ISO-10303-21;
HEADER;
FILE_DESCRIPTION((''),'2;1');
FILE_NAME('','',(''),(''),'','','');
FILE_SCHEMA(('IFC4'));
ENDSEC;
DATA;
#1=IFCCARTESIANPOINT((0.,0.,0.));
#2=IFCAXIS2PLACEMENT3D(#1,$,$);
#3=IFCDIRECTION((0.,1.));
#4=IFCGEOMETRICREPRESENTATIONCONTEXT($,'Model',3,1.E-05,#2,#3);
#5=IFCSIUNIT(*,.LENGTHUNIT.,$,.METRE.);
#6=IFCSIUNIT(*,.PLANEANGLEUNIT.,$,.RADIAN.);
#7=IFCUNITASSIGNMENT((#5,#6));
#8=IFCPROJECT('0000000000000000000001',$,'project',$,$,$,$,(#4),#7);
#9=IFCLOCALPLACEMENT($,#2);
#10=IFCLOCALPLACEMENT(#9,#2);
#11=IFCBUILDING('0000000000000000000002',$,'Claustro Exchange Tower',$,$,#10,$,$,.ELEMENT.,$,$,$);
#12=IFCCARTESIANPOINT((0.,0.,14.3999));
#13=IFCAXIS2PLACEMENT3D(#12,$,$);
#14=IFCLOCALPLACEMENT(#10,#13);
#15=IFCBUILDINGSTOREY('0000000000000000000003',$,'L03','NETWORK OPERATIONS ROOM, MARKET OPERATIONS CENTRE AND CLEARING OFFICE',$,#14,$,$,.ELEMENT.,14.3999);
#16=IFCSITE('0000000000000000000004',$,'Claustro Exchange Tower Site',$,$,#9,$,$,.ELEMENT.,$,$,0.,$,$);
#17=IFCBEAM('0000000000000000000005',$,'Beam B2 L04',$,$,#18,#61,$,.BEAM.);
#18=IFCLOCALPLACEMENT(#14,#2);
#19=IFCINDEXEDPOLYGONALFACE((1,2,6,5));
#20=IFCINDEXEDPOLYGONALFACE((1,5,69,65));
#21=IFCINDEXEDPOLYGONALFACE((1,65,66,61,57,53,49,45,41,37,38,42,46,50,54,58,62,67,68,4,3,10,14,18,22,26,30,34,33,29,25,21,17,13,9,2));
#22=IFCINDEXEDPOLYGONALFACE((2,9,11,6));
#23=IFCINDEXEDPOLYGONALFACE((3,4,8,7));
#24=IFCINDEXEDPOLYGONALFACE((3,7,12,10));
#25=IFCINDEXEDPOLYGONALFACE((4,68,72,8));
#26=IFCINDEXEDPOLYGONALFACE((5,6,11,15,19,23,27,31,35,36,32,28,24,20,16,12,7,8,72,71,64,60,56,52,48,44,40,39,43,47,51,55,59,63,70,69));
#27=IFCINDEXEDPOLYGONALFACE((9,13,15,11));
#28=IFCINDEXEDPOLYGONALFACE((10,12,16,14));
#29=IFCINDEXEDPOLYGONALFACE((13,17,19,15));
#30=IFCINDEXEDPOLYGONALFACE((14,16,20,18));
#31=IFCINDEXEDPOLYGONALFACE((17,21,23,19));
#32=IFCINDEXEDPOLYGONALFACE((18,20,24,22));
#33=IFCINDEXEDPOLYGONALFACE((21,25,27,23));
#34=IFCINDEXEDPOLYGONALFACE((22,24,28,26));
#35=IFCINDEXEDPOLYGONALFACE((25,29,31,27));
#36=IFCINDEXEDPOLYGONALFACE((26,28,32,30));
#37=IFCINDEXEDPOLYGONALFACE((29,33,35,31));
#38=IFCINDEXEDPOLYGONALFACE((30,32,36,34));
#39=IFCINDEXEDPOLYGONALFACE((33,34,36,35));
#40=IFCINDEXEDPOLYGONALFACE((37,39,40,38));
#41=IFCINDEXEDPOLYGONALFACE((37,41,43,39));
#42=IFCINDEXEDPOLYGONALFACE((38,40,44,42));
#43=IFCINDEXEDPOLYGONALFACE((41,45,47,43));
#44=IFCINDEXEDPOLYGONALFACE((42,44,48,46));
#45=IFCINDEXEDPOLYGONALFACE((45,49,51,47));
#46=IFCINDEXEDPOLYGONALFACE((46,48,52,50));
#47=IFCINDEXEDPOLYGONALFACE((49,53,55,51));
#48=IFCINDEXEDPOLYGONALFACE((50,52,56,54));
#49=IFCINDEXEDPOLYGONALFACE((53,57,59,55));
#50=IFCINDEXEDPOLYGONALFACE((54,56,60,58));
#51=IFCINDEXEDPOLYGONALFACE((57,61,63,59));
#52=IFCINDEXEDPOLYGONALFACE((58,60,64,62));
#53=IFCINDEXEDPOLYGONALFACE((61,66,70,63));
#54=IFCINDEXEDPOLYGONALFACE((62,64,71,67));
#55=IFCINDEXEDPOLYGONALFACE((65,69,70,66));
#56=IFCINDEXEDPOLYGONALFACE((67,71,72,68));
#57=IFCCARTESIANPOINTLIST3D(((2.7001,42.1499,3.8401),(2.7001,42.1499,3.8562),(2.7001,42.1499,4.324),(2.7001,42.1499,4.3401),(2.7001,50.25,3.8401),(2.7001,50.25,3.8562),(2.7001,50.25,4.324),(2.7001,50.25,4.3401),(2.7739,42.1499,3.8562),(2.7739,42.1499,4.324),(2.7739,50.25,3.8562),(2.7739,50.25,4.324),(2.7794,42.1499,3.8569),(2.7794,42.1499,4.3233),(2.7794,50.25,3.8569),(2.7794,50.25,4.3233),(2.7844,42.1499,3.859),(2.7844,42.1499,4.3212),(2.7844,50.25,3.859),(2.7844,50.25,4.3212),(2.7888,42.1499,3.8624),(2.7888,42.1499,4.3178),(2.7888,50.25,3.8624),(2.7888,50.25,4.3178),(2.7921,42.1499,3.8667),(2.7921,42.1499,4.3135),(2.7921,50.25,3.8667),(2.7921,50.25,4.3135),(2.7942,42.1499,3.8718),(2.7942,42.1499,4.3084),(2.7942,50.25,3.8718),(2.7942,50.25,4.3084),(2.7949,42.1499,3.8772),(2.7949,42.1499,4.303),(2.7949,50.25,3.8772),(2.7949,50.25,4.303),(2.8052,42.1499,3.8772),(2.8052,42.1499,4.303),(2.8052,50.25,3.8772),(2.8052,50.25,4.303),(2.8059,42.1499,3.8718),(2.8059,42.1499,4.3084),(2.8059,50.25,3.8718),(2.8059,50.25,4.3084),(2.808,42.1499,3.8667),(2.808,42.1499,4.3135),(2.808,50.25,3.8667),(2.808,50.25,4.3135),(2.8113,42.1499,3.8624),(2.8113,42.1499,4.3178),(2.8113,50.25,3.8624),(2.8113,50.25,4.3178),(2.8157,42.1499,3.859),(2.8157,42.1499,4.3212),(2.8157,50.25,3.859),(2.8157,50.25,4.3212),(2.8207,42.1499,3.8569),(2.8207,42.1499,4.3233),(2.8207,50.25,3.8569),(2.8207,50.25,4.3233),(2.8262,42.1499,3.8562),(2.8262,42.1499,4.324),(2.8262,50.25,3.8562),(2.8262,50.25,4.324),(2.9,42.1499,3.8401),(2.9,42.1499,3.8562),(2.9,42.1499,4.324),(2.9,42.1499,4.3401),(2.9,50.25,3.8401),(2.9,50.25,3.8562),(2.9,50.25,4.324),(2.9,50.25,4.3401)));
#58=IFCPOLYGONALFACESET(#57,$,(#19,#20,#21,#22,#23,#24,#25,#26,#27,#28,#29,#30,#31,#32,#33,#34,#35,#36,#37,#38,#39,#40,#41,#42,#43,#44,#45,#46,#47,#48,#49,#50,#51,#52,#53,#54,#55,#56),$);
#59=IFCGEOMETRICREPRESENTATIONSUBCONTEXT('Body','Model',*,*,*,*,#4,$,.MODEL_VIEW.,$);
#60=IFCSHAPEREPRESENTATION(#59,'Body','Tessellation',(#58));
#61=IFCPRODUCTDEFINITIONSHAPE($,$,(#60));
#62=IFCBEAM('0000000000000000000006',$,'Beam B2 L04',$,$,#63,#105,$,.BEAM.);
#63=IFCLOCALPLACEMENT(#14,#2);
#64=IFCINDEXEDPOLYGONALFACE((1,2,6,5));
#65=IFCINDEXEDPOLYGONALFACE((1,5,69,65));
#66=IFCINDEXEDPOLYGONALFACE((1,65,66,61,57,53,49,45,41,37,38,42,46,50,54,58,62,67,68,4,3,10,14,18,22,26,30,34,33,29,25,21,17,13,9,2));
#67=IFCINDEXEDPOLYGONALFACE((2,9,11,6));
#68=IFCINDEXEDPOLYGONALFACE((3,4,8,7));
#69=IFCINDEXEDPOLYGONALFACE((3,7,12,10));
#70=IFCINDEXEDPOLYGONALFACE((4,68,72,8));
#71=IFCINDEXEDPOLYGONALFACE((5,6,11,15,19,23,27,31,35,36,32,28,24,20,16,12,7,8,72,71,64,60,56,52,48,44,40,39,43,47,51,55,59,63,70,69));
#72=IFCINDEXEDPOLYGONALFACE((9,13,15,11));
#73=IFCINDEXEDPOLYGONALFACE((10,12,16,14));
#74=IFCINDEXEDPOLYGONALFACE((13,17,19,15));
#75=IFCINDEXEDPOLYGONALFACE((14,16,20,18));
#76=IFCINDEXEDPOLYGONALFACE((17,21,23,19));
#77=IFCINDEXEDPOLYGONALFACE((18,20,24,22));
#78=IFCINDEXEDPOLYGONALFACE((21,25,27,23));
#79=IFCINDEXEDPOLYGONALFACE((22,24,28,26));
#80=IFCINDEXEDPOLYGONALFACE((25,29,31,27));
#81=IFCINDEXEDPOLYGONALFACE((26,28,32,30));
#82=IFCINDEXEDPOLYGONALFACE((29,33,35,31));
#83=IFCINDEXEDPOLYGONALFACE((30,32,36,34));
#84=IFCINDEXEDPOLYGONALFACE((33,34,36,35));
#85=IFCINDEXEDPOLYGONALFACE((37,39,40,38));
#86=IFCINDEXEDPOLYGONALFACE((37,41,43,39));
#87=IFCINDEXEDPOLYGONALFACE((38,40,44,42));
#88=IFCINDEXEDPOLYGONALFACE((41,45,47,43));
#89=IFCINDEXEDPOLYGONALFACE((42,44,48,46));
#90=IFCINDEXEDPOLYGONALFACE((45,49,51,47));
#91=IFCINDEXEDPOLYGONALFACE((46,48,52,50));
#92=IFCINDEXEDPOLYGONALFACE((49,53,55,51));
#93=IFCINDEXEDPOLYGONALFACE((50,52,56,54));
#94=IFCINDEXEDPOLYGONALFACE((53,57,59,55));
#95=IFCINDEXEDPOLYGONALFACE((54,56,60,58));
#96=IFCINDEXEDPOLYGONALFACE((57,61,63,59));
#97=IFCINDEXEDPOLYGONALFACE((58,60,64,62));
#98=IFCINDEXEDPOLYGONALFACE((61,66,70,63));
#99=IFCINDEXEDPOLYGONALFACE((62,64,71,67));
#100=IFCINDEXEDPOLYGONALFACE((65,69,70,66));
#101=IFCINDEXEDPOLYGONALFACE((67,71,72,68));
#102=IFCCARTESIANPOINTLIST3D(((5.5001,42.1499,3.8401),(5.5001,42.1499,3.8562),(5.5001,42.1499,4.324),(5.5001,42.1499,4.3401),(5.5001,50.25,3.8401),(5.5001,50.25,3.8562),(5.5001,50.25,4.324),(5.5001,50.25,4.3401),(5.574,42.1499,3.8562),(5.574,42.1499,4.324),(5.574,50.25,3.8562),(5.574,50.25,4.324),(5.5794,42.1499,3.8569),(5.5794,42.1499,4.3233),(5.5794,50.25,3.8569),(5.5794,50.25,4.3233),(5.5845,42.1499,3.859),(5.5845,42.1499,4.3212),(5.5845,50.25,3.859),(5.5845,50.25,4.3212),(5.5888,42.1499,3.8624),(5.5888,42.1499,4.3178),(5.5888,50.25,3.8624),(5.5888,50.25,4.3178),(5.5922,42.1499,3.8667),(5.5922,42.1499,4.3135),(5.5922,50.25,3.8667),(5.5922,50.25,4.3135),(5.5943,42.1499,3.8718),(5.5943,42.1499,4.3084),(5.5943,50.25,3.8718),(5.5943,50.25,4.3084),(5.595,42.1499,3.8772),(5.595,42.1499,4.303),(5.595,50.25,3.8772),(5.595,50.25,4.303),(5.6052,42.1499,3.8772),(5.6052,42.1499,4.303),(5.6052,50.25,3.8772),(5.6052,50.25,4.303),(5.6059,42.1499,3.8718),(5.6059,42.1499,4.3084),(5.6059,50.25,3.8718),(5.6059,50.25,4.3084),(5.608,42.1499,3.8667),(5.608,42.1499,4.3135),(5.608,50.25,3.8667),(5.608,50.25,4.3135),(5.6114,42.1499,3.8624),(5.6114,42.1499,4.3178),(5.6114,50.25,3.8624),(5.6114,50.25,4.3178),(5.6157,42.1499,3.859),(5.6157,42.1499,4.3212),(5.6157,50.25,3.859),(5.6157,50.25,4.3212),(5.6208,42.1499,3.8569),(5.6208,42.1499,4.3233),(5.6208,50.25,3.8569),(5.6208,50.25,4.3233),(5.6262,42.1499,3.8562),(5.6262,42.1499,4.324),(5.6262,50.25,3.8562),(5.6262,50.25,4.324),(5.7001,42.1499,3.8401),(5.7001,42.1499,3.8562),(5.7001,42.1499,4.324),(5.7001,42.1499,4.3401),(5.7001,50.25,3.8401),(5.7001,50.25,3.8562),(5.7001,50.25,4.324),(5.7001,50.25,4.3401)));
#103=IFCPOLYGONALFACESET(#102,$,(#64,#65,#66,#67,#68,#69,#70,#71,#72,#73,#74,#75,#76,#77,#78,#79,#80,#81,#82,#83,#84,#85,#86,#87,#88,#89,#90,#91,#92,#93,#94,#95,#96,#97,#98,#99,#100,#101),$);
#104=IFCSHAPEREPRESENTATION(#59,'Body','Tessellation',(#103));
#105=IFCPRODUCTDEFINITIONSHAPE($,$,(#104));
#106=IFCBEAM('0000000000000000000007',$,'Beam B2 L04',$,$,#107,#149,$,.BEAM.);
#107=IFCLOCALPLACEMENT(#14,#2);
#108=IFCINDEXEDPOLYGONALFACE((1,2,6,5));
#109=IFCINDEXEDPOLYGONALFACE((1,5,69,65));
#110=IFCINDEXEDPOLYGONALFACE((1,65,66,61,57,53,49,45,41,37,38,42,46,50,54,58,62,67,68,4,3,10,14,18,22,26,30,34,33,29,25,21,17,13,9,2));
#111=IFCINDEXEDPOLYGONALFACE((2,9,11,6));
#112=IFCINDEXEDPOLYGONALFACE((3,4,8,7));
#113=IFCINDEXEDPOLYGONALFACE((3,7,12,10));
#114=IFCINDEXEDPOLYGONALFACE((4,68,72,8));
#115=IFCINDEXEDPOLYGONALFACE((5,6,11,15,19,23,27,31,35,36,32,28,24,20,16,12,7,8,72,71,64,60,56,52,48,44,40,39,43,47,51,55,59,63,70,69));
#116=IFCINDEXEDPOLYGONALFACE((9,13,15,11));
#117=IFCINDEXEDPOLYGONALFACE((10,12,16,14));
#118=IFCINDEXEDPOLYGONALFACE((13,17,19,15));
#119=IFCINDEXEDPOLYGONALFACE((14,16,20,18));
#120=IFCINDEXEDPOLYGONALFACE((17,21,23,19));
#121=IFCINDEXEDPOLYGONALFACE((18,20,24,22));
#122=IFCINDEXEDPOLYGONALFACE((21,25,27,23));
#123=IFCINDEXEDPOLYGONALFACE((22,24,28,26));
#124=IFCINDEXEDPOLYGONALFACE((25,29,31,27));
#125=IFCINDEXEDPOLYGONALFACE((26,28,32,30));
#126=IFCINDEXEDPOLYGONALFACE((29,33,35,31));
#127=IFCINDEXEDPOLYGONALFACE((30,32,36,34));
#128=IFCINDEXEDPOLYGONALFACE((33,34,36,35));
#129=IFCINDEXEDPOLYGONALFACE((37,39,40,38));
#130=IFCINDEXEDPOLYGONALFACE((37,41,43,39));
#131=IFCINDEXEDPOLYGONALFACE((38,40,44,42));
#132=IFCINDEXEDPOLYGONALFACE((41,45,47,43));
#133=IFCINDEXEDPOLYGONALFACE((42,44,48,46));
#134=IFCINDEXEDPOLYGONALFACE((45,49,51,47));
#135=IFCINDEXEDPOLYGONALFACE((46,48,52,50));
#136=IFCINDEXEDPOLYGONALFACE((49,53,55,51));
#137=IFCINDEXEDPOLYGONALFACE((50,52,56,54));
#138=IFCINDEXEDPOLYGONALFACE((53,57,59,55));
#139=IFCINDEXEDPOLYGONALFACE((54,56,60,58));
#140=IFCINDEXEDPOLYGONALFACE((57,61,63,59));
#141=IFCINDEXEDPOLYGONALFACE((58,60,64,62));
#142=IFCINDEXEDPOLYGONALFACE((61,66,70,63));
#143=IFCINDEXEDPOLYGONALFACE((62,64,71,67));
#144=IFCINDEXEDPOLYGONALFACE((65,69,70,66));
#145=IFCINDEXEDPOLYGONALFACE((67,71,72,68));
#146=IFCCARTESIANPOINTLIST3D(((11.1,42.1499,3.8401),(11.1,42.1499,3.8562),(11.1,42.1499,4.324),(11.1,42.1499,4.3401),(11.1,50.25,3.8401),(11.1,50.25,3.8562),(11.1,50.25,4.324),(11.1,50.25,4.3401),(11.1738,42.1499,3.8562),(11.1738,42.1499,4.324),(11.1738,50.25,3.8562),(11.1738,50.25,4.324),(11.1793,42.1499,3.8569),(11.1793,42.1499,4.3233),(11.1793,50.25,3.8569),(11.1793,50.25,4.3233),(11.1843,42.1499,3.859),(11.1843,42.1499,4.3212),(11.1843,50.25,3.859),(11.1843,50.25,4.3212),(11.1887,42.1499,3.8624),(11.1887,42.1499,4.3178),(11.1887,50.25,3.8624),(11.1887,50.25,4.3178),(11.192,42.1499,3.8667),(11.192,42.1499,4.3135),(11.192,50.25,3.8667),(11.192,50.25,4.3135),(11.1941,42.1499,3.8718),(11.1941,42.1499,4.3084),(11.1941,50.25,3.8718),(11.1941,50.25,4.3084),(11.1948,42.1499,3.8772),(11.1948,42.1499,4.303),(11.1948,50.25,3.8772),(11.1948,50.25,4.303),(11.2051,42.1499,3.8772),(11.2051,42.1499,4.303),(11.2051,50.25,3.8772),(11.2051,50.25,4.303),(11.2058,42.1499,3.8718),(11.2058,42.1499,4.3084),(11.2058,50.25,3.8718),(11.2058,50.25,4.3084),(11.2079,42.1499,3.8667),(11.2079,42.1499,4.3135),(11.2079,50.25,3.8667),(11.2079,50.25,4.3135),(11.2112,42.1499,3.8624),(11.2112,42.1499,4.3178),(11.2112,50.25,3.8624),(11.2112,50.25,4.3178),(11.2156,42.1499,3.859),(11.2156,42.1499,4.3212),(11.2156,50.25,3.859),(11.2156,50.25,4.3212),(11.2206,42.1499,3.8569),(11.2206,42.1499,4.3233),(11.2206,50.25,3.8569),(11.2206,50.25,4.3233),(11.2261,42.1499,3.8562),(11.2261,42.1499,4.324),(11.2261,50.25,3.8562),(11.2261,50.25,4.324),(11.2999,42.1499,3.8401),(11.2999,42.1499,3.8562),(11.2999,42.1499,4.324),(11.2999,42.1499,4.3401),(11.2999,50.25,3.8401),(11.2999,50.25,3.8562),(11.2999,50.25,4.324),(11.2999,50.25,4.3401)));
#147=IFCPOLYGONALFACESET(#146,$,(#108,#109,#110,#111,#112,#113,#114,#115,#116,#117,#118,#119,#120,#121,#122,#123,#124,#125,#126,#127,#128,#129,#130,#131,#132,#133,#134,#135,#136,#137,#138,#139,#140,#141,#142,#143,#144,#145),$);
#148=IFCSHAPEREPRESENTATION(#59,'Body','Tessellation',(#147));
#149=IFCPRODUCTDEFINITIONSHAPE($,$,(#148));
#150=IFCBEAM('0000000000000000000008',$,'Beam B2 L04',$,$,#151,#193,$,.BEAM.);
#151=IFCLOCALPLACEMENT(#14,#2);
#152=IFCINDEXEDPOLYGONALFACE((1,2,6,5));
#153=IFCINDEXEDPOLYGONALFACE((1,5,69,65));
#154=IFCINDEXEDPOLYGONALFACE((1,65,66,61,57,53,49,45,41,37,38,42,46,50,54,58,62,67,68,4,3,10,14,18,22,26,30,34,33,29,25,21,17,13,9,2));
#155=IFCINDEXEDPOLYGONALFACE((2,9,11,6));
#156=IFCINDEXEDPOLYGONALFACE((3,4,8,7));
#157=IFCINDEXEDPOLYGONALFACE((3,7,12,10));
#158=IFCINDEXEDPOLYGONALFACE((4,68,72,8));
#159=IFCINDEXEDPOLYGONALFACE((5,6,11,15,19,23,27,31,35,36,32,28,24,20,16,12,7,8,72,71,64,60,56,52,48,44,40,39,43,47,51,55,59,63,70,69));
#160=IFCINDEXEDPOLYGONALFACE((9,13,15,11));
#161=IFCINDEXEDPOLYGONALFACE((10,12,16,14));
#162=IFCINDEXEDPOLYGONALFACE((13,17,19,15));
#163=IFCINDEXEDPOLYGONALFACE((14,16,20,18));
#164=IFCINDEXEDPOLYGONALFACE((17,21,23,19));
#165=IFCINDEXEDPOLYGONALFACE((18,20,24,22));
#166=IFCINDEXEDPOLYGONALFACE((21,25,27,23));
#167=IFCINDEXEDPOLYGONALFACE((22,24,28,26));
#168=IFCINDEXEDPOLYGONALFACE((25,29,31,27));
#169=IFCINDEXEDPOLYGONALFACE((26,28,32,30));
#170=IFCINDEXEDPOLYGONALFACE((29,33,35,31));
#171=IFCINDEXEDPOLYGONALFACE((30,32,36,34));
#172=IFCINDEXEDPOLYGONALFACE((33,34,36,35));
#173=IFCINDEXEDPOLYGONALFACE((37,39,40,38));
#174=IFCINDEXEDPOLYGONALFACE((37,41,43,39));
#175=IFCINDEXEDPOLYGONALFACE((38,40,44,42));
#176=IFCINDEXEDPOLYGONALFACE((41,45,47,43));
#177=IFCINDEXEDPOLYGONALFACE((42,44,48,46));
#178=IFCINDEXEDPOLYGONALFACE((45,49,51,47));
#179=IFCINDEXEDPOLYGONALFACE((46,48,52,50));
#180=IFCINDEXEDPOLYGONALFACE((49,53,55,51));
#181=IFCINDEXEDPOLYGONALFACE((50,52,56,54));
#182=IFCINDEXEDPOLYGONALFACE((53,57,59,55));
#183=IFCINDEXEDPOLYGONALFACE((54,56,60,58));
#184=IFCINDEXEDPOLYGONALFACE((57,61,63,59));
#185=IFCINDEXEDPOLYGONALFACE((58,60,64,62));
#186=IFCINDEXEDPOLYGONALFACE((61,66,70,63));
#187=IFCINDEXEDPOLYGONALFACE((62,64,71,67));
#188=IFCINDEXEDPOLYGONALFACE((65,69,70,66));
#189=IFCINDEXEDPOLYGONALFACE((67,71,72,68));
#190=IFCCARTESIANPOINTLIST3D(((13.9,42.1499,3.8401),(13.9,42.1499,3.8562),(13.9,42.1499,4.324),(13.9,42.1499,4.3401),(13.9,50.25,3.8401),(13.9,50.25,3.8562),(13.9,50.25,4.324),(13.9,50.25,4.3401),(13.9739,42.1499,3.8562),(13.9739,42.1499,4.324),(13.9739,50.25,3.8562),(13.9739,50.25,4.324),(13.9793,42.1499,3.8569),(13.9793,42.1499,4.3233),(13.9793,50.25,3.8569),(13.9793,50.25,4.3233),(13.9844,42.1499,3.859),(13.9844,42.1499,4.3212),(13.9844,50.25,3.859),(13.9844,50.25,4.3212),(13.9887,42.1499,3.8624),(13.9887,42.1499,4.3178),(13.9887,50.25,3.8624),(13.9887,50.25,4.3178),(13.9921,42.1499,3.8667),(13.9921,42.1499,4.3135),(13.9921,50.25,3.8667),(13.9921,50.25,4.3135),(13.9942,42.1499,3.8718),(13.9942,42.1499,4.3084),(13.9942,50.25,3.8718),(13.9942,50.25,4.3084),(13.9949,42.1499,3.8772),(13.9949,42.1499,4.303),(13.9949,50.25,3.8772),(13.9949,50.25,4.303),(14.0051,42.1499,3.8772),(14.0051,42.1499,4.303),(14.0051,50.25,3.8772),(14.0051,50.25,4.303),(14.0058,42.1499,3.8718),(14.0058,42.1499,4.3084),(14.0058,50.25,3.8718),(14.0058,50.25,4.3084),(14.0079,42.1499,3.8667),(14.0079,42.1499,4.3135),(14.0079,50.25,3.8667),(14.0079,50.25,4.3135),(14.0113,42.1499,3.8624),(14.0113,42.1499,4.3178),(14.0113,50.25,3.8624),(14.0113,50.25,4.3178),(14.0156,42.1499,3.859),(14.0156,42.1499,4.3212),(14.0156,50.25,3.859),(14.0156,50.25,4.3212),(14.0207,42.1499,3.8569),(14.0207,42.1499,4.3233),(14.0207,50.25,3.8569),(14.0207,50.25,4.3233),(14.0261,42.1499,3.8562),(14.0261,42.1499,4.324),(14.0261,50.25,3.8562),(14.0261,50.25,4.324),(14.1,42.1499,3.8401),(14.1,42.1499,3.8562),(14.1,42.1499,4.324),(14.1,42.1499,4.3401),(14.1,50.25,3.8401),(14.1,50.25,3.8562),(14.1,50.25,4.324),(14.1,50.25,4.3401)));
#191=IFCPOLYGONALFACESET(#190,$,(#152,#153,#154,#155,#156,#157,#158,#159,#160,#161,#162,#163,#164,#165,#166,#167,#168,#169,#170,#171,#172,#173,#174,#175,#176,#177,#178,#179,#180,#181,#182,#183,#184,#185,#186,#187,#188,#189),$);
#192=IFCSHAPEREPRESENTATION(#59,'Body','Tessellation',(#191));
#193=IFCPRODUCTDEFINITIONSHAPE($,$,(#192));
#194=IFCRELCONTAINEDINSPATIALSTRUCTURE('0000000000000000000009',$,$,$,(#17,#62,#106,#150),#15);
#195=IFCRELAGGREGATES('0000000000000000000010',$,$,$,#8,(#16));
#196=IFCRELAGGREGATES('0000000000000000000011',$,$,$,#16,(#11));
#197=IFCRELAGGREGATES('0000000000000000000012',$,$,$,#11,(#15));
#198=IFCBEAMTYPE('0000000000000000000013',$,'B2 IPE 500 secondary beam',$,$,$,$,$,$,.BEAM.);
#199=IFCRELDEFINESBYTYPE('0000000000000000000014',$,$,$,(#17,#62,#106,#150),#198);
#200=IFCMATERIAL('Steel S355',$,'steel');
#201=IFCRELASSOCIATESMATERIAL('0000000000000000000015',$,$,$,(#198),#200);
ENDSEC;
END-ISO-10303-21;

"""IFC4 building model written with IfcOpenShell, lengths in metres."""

from ifc_helpers import new_model, si_unit, direction, frame, origin, origin_2d, place, context, subcontext, project, spatial, i_section, extrude, material, material_profile, profile_set, type_object, element, save


model = new_model("IFC4")

# Units and contexts
model_context = context("Model", 3, precision=1e-05, world=origin(), true_north=direction((0.0, 1.0)))
body_context = subcontext(model_context, "Body", "Model", "MODEL_VIEW")
ifc_project = project(units=[si_unit("LENGTHUNIT", "METRE"), si_unit("PLANEANGLEUNIT", "RADIAN")], contexts=[model_context])

# Site, building, storey
site_placement = place(None, origin())
site = spatial("IfcSite", under=ifc_project, at=site_placement, Name="Claustro Exchange Tower Site", CompositionType="ELEMENT", RefElevation=0.0)
building_placement = place(site_placement, origin())
building = spatial("IfcBuilding", under=site, at=building_placement, Name="Claustro Exchange Tower", CompositionType="ELEMENT")
storey_placement = place(building_placement, frame((0.0, 0.0, 14.3999)))
storey = spatial("IfcBuildingStorey", under=building, at=storey_placement, Name="L03", Description="NETWORK OPERATIONS ROOM, MARKET OPERATIONS CENTRE AND CLEARING OFFICE", CompositionType="ELEMENT", Elevation=14.3999)

# Beams
ifc_material_1 = material(Name="Steel S355", Category="steel")
ifc_material_profile_1 = material_profile(ifc_material_1, i_section(OverallWidth=0.2, OverallDepth=0.5, WebThickness=0.0103, FlangeThickness=0.0161, FilletRadius=0.021, at=origin_2d()), Name="IPE 500")
ifc_profile_set_1 = profile_set([ifc_material_profile_1], Name="Steel S355")
beam_type_1 = type_object("IfcBeamType", Name="B2 IPE 500 secondary beam", PredefinedType="BEAM", material=ifc_profile_set_1)
for number, where, z_axis, x_axis, name in (
    (1, (2.8, 42.1499, 4.0901), (0.0, 1.0, 0.0), (-1.0, 0.0, 0.0), "Beam B2 L04"),
    (2, (5.6001, 42.1499, 4.0901), (0.0, 1.0, 0.0), (-1.0, 0.0, 0.0), "Beam B2 L04"),
    (3, (11.2, 42.1499, 4.0901), (0.0, 1.0, 0.0), (-1.0, 0.0, 0.0), "Beam B2 L04"),
    (4, (14.0, 42.1499, 4.0901), (0.0, 1.0, 0.0), (-1.0, 0.0, 0.0), "Beam B2 L04"),
):
    element("IfcBeam", number, at=place(storey_placement, frame(where, z_axis=z_axis, x_axis=x_axis)), inside=storey, type_object=beam_type_1, Name=name, PredefinedType="BEAM", context=body_context, shape_type="SweptSolid", body=[
        extrude(i_section(OverallWidth=0.2, OverallDepth=0.5, WebThickness=0.0103, FlangeThickness=0.0161, FilletRadius=0.021, at=origin_2d()), origin(), (0.0, 0.0, 1.0), 8.1001),
    ])

save(model, "model.ifc")
